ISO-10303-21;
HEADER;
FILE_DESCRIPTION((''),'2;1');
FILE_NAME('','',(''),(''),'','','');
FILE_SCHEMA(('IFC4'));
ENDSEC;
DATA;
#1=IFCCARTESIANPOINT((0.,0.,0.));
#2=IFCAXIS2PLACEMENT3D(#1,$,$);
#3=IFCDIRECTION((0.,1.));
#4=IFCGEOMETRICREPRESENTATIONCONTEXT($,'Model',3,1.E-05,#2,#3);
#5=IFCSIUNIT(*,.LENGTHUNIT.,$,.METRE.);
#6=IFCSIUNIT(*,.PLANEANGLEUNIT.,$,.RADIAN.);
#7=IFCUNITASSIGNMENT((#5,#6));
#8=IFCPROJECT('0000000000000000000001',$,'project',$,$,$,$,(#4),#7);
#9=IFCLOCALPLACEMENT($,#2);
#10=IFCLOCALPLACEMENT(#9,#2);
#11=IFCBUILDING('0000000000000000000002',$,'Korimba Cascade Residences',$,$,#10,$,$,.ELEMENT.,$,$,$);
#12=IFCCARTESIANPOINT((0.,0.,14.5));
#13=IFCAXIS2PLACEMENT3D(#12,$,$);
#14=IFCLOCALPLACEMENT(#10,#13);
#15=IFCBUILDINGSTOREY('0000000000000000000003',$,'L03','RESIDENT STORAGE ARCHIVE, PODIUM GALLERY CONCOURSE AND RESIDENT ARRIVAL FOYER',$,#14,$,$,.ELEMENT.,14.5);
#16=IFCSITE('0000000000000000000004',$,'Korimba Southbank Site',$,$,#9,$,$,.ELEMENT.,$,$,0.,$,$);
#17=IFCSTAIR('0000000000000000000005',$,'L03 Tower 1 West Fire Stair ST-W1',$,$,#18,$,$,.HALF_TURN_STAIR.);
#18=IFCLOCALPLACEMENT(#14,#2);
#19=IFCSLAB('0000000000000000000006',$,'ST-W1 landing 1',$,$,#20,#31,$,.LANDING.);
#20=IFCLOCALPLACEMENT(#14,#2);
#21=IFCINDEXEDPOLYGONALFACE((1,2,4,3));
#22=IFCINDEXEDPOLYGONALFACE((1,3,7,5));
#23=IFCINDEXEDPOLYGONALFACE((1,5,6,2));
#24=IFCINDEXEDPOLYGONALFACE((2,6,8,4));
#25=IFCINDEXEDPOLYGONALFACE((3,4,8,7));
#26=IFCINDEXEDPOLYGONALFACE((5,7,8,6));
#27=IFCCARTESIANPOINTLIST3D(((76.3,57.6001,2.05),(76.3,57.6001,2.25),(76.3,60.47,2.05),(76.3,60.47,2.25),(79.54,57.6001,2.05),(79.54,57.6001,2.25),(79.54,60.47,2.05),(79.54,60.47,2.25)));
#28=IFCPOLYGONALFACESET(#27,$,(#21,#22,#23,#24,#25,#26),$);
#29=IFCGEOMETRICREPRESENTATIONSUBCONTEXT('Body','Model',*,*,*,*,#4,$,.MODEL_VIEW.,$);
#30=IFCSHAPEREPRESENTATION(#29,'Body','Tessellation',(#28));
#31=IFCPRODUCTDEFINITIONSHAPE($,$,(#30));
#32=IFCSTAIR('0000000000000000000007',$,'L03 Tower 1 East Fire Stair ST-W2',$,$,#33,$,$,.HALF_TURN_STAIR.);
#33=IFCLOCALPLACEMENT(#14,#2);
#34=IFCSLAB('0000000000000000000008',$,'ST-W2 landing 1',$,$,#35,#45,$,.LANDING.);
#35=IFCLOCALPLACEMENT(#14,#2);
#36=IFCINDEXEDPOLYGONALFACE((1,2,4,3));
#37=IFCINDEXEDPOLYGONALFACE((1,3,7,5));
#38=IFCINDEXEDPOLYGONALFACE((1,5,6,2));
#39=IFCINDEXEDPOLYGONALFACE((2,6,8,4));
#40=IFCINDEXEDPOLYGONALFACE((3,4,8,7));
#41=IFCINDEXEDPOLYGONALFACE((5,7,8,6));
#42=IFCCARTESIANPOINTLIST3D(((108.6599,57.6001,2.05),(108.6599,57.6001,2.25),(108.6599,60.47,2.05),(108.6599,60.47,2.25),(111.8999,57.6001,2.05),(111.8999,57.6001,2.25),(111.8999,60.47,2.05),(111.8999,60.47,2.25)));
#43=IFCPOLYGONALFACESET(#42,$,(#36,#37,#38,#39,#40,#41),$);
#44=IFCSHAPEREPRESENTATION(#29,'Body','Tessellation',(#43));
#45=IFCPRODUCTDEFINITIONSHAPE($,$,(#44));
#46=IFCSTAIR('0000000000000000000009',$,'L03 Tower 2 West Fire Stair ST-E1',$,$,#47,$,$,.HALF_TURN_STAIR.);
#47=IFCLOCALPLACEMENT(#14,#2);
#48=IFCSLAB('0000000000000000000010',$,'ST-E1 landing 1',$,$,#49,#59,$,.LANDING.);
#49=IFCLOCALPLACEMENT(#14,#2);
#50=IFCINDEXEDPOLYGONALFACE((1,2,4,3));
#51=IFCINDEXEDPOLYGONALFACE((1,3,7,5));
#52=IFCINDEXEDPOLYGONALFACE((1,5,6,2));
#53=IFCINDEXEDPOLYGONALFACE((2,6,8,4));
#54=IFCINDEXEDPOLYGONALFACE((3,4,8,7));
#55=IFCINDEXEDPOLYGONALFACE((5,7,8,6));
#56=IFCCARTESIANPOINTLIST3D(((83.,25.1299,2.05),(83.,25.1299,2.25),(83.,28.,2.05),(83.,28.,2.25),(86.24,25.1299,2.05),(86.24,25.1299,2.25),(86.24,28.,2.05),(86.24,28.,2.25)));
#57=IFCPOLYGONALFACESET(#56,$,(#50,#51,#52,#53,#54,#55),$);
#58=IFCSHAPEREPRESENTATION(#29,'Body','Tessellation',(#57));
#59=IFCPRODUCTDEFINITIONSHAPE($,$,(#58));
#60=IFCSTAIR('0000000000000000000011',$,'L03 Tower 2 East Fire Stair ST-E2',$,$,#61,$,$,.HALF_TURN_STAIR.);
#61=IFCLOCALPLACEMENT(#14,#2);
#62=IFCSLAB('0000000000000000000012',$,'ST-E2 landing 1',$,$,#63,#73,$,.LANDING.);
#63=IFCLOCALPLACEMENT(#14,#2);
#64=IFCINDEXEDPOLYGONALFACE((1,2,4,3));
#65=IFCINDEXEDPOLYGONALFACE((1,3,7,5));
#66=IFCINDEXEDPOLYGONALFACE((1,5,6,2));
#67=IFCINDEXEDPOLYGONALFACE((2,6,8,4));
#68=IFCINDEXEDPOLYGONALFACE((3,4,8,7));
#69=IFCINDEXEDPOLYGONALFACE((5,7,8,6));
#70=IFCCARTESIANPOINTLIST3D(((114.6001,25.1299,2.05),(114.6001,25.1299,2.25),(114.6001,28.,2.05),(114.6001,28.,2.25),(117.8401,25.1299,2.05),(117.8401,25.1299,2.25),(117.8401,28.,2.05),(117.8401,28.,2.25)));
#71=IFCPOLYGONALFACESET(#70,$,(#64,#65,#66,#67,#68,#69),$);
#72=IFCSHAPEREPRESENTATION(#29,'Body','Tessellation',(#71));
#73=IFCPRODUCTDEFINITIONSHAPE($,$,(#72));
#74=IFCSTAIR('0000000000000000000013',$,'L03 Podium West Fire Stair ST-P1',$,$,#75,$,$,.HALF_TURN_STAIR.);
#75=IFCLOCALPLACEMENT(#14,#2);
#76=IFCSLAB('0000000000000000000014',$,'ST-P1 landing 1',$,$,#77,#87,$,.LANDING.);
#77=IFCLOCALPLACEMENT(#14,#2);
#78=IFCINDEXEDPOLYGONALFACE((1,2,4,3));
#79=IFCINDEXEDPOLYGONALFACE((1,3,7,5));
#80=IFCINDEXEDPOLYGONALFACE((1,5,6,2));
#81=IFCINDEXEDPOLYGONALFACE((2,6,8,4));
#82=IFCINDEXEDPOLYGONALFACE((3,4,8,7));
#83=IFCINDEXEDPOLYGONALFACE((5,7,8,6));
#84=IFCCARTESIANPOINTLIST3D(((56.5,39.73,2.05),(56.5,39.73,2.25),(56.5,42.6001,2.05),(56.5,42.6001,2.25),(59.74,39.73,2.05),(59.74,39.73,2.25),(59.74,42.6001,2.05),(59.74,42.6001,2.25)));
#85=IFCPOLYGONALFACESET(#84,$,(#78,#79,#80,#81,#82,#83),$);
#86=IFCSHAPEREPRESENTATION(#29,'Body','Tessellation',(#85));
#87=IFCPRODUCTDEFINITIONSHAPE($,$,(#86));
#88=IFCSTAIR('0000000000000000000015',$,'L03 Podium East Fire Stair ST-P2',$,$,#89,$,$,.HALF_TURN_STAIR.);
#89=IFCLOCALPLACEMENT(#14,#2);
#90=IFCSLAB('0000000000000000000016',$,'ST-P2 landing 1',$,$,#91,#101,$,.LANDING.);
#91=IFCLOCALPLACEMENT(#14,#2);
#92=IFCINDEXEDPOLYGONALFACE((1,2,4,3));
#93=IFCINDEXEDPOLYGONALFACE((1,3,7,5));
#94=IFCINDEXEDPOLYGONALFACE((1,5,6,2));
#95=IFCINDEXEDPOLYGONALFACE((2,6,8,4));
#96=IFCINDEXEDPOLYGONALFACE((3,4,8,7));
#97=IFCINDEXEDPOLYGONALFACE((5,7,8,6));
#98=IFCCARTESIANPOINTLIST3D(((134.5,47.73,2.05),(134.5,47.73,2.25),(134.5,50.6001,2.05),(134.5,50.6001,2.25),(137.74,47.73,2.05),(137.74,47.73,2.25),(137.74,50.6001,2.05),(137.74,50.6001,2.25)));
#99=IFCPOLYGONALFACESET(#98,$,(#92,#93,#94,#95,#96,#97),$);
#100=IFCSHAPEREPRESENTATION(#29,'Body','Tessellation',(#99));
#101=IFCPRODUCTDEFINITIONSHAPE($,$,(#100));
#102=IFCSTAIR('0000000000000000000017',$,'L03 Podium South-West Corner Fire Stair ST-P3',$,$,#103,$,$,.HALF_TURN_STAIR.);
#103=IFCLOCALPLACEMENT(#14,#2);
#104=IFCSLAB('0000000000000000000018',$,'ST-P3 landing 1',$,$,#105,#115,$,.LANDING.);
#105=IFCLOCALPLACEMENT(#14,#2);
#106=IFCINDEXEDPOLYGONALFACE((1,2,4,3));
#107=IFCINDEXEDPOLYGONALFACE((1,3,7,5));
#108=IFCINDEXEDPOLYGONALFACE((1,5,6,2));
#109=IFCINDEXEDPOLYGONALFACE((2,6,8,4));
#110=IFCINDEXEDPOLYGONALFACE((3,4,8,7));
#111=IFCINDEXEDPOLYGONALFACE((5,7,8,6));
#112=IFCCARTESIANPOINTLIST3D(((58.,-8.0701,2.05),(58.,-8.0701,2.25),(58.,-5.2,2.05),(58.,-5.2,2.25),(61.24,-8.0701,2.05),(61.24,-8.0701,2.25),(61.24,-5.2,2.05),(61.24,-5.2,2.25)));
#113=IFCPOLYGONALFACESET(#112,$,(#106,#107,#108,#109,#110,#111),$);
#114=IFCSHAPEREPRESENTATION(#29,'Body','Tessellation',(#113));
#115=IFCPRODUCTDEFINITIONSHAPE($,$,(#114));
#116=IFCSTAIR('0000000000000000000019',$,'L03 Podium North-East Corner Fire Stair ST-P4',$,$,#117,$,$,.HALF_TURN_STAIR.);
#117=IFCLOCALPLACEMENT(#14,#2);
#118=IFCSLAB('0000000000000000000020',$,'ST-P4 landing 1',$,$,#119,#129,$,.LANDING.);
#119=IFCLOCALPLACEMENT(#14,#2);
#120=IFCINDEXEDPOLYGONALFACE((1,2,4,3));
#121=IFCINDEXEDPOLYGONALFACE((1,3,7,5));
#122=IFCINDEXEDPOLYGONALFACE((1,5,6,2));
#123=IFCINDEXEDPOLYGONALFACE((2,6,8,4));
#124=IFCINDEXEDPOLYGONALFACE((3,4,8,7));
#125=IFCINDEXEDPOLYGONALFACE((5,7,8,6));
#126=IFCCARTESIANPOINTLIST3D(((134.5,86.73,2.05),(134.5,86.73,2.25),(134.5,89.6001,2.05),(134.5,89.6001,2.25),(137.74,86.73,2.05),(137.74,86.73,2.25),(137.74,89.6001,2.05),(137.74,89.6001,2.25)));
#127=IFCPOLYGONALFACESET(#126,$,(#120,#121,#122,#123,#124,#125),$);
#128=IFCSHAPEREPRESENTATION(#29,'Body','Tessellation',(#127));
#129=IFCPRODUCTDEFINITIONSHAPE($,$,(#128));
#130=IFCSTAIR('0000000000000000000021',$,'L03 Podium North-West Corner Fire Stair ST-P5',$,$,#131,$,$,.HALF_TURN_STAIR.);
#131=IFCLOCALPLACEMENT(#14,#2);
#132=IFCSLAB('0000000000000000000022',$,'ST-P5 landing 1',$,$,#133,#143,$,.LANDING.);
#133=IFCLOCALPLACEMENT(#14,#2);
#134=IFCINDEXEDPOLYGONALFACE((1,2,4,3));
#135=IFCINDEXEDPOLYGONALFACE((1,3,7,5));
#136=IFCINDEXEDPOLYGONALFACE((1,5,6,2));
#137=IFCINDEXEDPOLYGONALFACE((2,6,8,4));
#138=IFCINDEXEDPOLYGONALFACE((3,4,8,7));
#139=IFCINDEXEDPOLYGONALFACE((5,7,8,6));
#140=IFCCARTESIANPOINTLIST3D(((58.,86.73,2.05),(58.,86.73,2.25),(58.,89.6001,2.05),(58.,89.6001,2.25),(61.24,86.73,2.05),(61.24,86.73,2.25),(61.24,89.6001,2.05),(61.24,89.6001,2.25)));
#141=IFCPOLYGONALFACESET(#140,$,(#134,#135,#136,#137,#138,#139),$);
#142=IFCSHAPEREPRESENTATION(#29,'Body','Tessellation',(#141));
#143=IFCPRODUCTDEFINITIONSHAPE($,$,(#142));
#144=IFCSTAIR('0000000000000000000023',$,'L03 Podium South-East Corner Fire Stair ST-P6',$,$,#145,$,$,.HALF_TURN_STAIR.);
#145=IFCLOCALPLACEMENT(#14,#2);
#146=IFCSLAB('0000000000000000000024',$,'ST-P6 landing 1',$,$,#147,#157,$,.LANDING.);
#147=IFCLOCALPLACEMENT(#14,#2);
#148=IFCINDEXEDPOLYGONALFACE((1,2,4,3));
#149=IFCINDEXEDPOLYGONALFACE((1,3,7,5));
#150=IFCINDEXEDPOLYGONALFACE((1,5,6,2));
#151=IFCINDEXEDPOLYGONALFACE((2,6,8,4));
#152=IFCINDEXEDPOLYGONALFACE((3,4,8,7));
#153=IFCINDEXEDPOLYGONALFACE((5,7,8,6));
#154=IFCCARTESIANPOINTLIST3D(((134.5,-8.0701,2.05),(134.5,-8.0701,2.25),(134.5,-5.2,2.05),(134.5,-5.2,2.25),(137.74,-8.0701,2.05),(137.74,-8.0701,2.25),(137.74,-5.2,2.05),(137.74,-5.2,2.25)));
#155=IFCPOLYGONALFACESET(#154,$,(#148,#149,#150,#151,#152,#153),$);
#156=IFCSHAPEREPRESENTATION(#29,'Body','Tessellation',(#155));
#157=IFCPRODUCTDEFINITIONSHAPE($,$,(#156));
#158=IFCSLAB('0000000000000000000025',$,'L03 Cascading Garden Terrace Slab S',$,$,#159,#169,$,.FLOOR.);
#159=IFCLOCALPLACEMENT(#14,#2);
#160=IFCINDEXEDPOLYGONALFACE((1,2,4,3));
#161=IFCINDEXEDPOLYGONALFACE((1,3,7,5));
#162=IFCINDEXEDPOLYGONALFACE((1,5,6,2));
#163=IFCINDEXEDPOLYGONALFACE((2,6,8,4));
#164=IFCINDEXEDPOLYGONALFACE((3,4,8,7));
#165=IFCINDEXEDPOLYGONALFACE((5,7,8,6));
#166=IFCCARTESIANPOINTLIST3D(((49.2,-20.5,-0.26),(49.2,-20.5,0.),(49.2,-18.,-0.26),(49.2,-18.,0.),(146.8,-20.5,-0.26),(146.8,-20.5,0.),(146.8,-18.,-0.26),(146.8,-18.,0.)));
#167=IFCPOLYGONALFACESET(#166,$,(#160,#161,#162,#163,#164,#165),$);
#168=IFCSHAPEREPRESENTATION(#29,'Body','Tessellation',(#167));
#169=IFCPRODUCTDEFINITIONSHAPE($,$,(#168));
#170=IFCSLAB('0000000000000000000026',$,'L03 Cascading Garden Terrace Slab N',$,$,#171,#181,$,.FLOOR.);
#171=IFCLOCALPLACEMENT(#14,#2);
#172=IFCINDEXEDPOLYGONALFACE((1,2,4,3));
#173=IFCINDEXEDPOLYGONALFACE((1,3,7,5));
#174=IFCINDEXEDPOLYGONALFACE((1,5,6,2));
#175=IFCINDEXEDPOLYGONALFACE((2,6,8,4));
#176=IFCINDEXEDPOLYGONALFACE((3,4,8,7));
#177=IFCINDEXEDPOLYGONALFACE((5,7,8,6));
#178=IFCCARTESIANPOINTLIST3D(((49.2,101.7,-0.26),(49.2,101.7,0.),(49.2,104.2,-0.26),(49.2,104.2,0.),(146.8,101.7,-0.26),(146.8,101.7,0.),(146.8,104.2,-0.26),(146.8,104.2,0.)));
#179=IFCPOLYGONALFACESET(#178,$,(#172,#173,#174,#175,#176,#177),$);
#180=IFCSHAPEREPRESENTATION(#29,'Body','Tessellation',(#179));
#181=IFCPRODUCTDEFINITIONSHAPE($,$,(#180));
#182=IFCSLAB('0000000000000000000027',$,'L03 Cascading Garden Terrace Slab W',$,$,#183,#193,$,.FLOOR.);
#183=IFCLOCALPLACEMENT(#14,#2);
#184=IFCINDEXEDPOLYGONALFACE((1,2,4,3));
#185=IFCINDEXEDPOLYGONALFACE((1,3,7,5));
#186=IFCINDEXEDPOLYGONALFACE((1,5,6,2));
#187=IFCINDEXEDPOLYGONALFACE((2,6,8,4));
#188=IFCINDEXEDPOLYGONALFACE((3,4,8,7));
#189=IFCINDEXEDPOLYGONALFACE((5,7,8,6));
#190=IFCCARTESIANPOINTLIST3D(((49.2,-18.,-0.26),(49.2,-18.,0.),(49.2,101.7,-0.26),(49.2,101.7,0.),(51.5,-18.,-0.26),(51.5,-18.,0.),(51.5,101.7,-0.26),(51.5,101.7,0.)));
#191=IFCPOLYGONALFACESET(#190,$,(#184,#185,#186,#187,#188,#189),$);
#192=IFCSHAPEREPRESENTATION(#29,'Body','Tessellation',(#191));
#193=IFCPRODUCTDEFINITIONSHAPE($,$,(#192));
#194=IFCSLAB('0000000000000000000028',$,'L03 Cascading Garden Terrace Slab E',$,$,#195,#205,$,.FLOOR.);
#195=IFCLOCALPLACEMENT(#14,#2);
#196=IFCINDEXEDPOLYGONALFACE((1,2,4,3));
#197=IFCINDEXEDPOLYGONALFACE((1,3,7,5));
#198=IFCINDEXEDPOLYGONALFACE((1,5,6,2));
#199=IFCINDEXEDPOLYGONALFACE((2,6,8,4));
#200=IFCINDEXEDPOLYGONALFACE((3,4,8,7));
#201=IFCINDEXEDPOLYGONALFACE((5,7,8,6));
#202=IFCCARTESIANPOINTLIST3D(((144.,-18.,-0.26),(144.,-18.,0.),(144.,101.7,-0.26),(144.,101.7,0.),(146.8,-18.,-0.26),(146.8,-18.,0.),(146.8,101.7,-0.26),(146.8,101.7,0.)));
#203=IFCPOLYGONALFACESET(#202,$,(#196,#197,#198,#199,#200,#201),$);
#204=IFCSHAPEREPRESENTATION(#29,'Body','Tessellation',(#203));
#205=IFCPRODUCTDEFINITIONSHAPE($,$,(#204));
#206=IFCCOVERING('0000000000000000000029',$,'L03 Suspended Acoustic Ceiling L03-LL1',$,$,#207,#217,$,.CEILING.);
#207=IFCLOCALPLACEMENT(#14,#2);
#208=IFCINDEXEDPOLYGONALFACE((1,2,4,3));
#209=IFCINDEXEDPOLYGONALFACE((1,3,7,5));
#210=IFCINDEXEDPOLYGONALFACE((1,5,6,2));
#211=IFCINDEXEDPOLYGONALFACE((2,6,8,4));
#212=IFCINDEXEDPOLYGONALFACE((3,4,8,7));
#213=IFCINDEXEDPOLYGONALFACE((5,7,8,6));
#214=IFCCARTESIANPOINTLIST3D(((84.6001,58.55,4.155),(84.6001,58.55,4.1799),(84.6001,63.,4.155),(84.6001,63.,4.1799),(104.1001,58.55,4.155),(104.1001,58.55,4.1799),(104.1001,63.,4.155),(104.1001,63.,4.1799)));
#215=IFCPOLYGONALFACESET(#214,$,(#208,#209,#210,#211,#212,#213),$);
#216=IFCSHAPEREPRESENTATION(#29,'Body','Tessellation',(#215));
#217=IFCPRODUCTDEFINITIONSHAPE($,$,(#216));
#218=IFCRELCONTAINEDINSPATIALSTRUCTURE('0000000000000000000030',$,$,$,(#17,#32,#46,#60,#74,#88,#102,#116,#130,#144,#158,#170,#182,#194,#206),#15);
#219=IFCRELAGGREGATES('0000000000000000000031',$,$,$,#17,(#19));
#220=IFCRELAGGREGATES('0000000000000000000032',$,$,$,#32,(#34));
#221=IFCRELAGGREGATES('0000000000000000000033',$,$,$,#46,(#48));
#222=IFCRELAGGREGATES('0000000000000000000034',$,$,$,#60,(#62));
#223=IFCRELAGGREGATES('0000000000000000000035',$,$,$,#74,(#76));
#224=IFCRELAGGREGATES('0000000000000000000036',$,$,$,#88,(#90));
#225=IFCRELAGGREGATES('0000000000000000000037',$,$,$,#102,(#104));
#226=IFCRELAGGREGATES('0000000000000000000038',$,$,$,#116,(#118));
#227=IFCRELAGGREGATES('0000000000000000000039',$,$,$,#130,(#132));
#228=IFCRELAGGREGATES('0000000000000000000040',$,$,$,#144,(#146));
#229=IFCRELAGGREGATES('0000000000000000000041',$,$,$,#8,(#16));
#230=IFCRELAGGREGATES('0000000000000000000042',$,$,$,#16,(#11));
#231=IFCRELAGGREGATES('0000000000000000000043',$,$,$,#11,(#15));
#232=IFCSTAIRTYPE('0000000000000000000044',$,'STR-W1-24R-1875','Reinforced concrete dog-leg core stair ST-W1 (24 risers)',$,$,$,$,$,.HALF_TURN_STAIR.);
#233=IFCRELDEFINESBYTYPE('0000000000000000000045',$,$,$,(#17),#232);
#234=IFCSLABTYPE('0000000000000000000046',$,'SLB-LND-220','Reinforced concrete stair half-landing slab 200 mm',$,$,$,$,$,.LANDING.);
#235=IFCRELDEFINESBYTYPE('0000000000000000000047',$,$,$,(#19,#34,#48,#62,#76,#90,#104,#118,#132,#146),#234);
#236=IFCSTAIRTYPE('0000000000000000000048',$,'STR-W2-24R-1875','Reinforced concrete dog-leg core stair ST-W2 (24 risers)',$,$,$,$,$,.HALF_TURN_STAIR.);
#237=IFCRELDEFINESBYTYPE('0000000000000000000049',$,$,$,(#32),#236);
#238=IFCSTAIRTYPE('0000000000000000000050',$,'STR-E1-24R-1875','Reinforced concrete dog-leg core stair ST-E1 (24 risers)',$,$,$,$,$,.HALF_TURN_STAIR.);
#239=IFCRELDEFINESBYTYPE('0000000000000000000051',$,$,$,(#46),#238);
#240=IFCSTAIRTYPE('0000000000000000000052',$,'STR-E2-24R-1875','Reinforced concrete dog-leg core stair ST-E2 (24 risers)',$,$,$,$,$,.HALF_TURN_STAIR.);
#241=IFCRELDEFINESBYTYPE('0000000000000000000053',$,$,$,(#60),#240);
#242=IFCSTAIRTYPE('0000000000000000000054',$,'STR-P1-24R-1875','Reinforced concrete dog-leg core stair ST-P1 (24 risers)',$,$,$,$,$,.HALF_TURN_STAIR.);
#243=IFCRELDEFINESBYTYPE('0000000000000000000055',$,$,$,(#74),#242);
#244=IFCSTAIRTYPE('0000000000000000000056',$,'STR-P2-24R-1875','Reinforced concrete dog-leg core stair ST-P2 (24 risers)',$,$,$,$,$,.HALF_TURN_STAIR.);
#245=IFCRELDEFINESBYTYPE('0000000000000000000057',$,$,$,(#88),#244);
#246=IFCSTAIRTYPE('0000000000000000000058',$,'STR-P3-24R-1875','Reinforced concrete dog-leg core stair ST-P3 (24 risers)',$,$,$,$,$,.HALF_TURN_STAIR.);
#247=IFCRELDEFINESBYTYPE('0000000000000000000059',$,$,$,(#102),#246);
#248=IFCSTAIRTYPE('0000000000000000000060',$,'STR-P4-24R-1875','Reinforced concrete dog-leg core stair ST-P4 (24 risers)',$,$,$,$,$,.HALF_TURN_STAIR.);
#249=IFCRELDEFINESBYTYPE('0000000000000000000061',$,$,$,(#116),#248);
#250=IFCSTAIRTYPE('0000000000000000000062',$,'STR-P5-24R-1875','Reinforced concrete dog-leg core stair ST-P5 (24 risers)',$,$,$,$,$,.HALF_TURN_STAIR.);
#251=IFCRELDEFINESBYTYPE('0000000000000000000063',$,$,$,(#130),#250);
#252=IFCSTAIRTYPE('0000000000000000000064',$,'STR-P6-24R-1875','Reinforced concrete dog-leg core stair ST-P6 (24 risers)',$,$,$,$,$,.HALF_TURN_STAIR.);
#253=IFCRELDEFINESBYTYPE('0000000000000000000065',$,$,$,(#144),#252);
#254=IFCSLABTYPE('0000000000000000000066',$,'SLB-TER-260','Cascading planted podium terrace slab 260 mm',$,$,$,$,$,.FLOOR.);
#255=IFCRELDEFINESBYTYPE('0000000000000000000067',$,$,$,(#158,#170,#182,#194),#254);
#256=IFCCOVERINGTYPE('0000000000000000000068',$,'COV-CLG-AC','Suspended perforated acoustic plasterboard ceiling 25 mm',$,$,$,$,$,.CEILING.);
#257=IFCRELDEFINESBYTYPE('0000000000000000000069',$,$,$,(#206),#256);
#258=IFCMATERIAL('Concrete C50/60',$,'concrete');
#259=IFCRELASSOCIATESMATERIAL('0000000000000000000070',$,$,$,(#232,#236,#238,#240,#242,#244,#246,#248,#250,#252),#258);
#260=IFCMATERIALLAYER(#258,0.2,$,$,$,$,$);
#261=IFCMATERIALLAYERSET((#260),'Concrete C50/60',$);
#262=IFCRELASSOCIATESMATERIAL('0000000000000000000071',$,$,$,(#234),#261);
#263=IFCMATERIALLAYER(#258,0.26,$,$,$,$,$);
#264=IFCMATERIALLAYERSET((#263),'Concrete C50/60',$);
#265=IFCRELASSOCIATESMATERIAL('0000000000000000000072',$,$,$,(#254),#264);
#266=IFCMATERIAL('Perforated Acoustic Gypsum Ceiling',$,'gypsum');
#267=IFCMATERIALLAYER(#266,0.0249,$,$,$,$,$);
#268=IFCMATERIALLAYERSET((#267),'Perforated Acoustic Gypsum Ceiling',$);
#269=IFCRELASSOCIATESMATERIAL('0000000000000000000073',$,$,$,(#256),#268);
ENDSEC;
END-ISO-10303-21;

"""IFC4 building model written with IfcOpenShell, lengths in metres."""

from ifc_helpers import new_model, si_unit, direction, frame, origin, place, context, subcontext, project, spatial, polyline, outline, extrude, material, layer, layer_set, type_object, element, aggregate, save


model = new_model("IFC4")

# Units and contexts
model_context = context("Model", 3, precision=1e-05, world=origin(), true_north=direction((0.0, 1.0)))
body_context = subcontext(model_context, "Body", "Model", "MODEL_VIEW")
ifc_project = project(units=[si_unit("LENGTHUNIT", "METRE"), si_unit("PLANEANGLEUNIT", "RADIAN")], contexts=[model_context])

# Site, building, storey
site_placement = place(None, origin())
site = spatial("IfcSite", under=ifc_project, at=site_placement, Name="Korimba Southbank Site", CompositionType="ELEMENT", RefElevation=0.0)
building_placement = place(site_placement, origin())
building = spatial("IfcBuilding", under=site, at=building_placement, Name="Korimba Cascade Residences", CompositionType="ELEMENT")
storey_placement = place(building_placement, frame((0.0, 0.0, 14.5)))
storey = spatial("IfcBuildingStorey", under=building, at=storey_placement, Name="L03", Description="RESIDENT STORAGE ARCHIVE, PODIUM GALLERY CONCOURSE AND RESIDENT ARRIVAL FOYER", CompositionType="ELEMENT", Elevation=14.5)

# Stairs, slabs
ifc_material_1 = material(Name="Concrete C50/60", Category="concrete")
stair_type_1 = type_object("IfcStairType", Name="STR-W1-24R-1875", Description="Reinforced concrete dog-leg core stair ST-W1 (24 risers)", PredefinedType="HALF_TURN_STAIR", material=ifc_material_1)
stair_1_placement = place(storey_placement, origin())
stair_1 = element("IfcStair", 1, at=stair_1_placement, inside=storey, type_object=stair_type_1, Name="L03 Tower 1 West Fire Stair ST-W1", PredefinedType="HALF_TURN_STAIR")
ifc_layer_1 = layer(ifc_material_1, 0.2)
ifc_layer_set_1 = layer_set([ifc_layer_1], Name="Concrete C50/60")
slab_type_1 = type_object("IfcSlabType", Name="SLB-LND-220", Description="Reinforced concrete stair half-landing slab 200 mm", PredefinedType="LANDING", material=ifc_layer_set_1)
slab_1_placement = place(storey_placement, frame((0.0, 0.0, 2.05)))
slab_1 = element("IfcSlab", 2, at=slab_1_placement, type_object=slab_type_1, Name="ST-W1 landing 1", PredefinedType="LANDING", context=body_context, shape_type="SweptSolid", body=[
    extrude(outline(polyline([(76.3, 60.47), (76.3, 57.6001), (79.54, 57.6001), (79.54, 60.47), (76.3, 60.47)])), origin(), (0.0, 0.0, 1.0), 0.2),
])
aggregate(stair_1, [slab_1])
stair_type_2 = type_object("IfcStairType", Name="STR-W2-24R-1875", Description="Reinforced concrete dog-leg core stair ST-W2 (24 risers)", PredefinedType="HALF_TURN_STAIR", material=ifc_material_1)
stair_2_placement = place(storey_placement, origin())
stair_2 = element("IfcStair", 3, at=stair_2_placement, inside=storey, type_object=stair_type_2, Name="L03 Tower 1 East Fire Stair ST-W2", PredefinedType="HALF_TURN_STAIR")
slab_2_placement = place(storey_placement, frame((0.0, 0.0, 2.05)))
slab_2 = element("IfcSlab", 4, at=slab_2_placement, type_object=slab_type_1, Name="ST-W2 landing 1", PredefinedType="LANDING", context=body_context, shape_type="SweptSolid", body=[
    extrude(outline(polyline([(108.6599, 60.47), (108.6599, 57.6001), (111.8999, 57.6001), (111.8999, 60.47), (108.6599, 60.47)])), origin(), (0.0, 0.0, 1.0), 0.2),
])
aggregate(stair_2, [slab_2])
stair_type_3 = type_object("IfcStairType", Name="STR-E1-24R-1875", Description="Reinforced concrete dog-leg core stair ST-E1 (24 risers)", PredefinedType="HALF_TURN_STAIR", material=ifc_material_1)
stair_3_placement = place(storey_placement, origin())
stair_3 = element("IfcStair", 5, at=stair_3_placement, inside=storey, type_object=stair_type_3, Name="L03 Tower 2 West Fire Stair ST-E1", PredefinedType="HALF_TURN_STAIR")
slab_3_placement = place(storey_placement, frame((0.0, 0.0, 2.05)))
slab_3 = element("IfcSlab", 6, at=slab_3_placement, type_object=slab_type_1, Name="ST-E1 landing 1", PredefinedType="LANDING", context=body_context, shape_type="SweptSolid", body=[
    extrude(outline(polyline([(86.24, 25.1299), (86.24, 28.0), (83.0, 28.0), (83.0, 25.1299), (86.24, 25.1299)])), origin(), (0.0, 0.0, 1.0), 0.2),
])
aggregate(stair_3, [slab_3])
stair_type_4 = type_object("IfcStairType", Name="STR-E2-24R-1875", Description="Reinforced concrete dog-leg core stair ST-E2 (24 risers)", PredefinedType="HALF_TURN_STAIR", material=ifc_material_1)
stair_4_placement = place(storey_placement, origin())
stair_4 = element("IfcStair", 7, at=stair_4_placement, inside=storey, type_object=stair_type_4, Name="L03 Tower 2 East Fire Stair ST-E2", PredefinedType="HALF_TURN_STAIR")
slab_4_placement = place(storey_placement, frame((0.0, 0.0, 2.05)))
slab_4 = element("IfcSlab", 8, at=slab_4_placement, type_object=slab_type_1, Name="ST-E2 landing 1", PredefinedType="LANDING", context=body_context, shape_type="SweptSolid", body=[
    extrude(outline(polyline([(117.8401, 25.1299), (117.8401, 28.0), (114.6001, 28.0), (114.6001, 25.1299), (117.8401, 25.1299)])), origin(), (0.0, 0.0, 1.0), 0.2),
])
aggregate(stair_4, [slab_4])
stair_type_5 = type_object("IfcStairType", Name="STR-P1-24R-1875", Description="Reinforced concrete dog-leg core stair ST-P1 (24 risers)", PredefinedType="HALF_TURN_STAIR", material=ifc_material_1)
stair_5_placement = place(storey_placement, origin())
stair_5 = element("IfcStair", 9, at=stair_5_placement, inside=storey, type_object=stair_type_5, Name="L03 Podium West Fire Stair ST-P1", PredefinedType="HALF_TURN_STAIR")
slab_5_placement = place(storey_placement, frame((0.0, 0.0, 2.05)))
slab_5 = element("IfcSlab", 10, at=slab_5_placement, type_object=slab_type_1, Name="ST-P1 landing 1", PredefinedType="LANDING", context=body_context, shape_type="SweptSolid", body=[
    extrude(outline(polyline([(59.74, 39.73), (59.74, 42.6001), (56.5, 42.6001), (56.5, 39.73), (59.74, 39.73)])), origin(), (0.0, 0.0, 1.0), 0.2),
])
aggregate(stair_5, [slab_5])
stair_type_6 = type_object("IfcStairType", Name="STR-P2-24R-1875", Description="Reinforced concrete dog-leg core stair ST-P2 (24 risers)", PredefinedType="HALF_TURN_STAIR", material=ifc_material_1)
stair_6_placement = place(storey_placement, origin())
stair_6 = element("IfcStair", 11, at=stair_6_placement, inside=storey, type_object=stair_type_6, Name="L03 Podium East Fire Stair ST-P2", PredefinedType="HALF_TURN_STAIR")
slab_6_placement = place(storey_placement, frame((0.0, 0.0, 2.05)))
slab_6 = element("IfcSlab", 12, at=slab_6_placement, type_object=slab_type_1, Name="ST-P2 landing 1", PredefinedType="LANDING", context=body_context, shape_type="SweptSolid", body=[
    extrude(outline(polyline([(137.74, 47.73), (137.74, 50.6001), (134.5, 50.6001), (134.5, 47.73), (137.74, 47.73)])), origin(), (0.0, 0.0, 1.0), 0.2),
])
aggregate(stair_6, [slab_6])
stair_type_7 = type_object("IfcStairType", Name="STR-P3-24R-1875", Description="Reinforced concrete dog-leg core stair ST-P3 (24 risers)", PredefinedType="HALF_TURN_STAIR", material=ifc_material_1)
stair_7_placement = place(storey_placement, origin())
stair_7 = element("IfcStair", 13, at=stair_7_placement, inside=storey, type_object=stair_type_7, Name="L03 Podium South-West Corner Fire Stair ST-P3", PredefinedType="HALF_TURN_STAIR")
slab_7_placement = place(storey_placement, frame((0.0, 0.0, 2.05)))
slab_7 = element("IfcSlab", 14, at=slab_7_placement, type_object=slab_type_1, Name="ST-P3 landing 1", PredefinedType="LANDING", context=body_context, shape_type="SweptSolid", body=[
    extrude(outline(polyline([(61.24, -8.0701), (61.24, -5.2), (58.0, -5.2), (58.0, -8.0701), (61.24, -8.0701)])), origin(), (0.0, 0.0, 1.0), 0.2),
])
aggregate(stair_7, [slab_7])
stair_type_8 = type_object("IfcStairType", Name="STR-P4-24R-1875", Description="Reinforced concrete dog-leg core stair ST-P4 (24 risers)", PredefinedType="HALF_TURN_STAIR", material=ifc_material_1)
stair_8_placement = place(storey_placement, origin())
stair_8 = element("IfcStair", 15, at=stair_8_placement, inside=storey, type_object=stair_type_8, Name="L03 Podium North-East Corner Fire Stair ST-P4", PredefinedType="HALF_TURN_STAIR")
slab_8_placement = place(storey_placement, frame((0.0, 0.0, 2.05)))
slab_8 = element("IfcSlab", 16, at=slab_8_placement, type_object=slab_type_1, Name="ST-P4 landing 1", PredefinedType="LANDING", context=body_context, shape_type="SweptSolid", body=[
    extrude(outline(polyline([(137.74, 86.73), (137.74, 89.6001), (134.5, 89.6001), (134.5, 86.73), (137.74, 86.73)])), origin(), (0.0, 0.0, 1.0), 0.2),
])
aggregate(stair_8, [slab_8])
stair_type_9 = type_object("IfcStairType", Name="STR-P5-24R-1875", Description="Reinforced concrete dog-leg core stair ST-P5 (24 risers)", PredefinedType="HALF_TURN_STAIR", material=ifc_material_1)
stair_9_placement = place(storey_placement, origin())
stair_9 = element("IfcStair", 17, at=stair_9_placement, inside=storey, type_object=stair_type_9, Name="L03 Podium North-West Corner Fire Stair ST-P5", PredefinedType="HALF_TURN_STAIR")
slab_9_placement = place(storey_placement, frame((0.0, 0.0, 2.05)))
slab_9 = element("IfcSlab", 18, at=slab_9_placement, type_object=slab_type_1, Name="ST-P5 landing 1", PredefinedType="LANDING", context=body_context, shape_type="SweptSolid", body=[
    extrude(outline(polyline([(61.24, 86.73), (61.24, 89.6001), (58.0, 89.6001), (58.0, 86.73), (61.24, 86.73)])), origin(), (0.0, 0.0, 1.0), 0.2),
])
aggregate(stair_9, [slab_9])
stair_type_10 = type_object("IfcStairType", Name="STR-P6-24R-1875", Description="Reinforced concrete dog-leg core stair ST-P6 (24 risers)", PredefinedType="HALF_TURN_STAIR", material=ifc_material_1)
stair_10_placement = place(storey_placement, origin())
stair_10 = element("IfcStair", 19, at=stair_10_placement, inside=storey, type_object=stair_type_10, Name="L03 Podium South-East Corner Fire Stair ST-P6", PredefinedType="HALF_TURN_STAIR")
slab_10_placement = place(storey_placement, frame((0.0, 0.0, 2.05)))
slab_10 = element("IfcSlab", 20, at=slab_10_placement, type_object=slab_type_1, Name="ST-P6 landing 1", PredefinedType="LANDING", context=body_context, shape_type="SweptSolid", body=[
    extrude(outline(polyline([(137.74, -8.0701), (137.74, -5.2), (134.5, -5.2), (134.5, -8.0701), (137.74, -8.0701)])), origin(), (0.0, 0.0, 1.0), 0.2),
])
aggregate(stair_10, [slab_10])

# Slabs
ifc_layer_2 = layer(ifc_material_1, 0.26)
ifc_layer_set_2 = layer_set([ifc_layer_2], Name="Concrete C50/60")
slab_type_2 = type_object("IfcSlabType", Name="SLB-TER-260", Description="Cascading planted podium terrace slab 260 mm", PredefinedType="FLOOR", material=ifc_layer_set_2)
slab_11_placement = place(storey_placement, frame((0.0, 0.0, -0.26)))
element("IfcSlab", 21, at=slab_11_placement, inside=storey, type_object=slab_type_2, Name="L03 Cascading Garden Terrace Slab S", PredefinedType="FLOOR", context=body_context, shape_type="SweptSolid", body=[
    extrude(outline(polyline([(49.2, -20.5), (146.8, -20.5), (146.8, -18.0), (49.2, -18.0), (49.2, -20.5)])), origin(), (0.0, 0.0, 1.0), 0.26),
])
slab_12_placement = place(storey_placement, frame((0.0, 0.0, -0.26)))
element("IfcSlab", 22, at=slab_12_placement, inside=storey, type_object=slab_type_2, Name="L03 Cascading Garden Terrace Slab N", PredefinedType="FLOOR", context=body_context, shape_type="SweptSolid", body=[
    extrude(outline(polyline([(49.2, 101.7), (146.8, 101.7), (146.8, 104.2), (49.2, 104.2), (49.2, 101.7)])), origin(), (0.0, 0.0, 1.0), 0.26),
])
slab_13_placement = place(storey_placement, frame((0.0, 0.0, -0.26)))
element("IfcSlab", 23, at=slab_13_placement, inside=storey, type_object=slab_type_2, Name="L03 Cascading Garden Terrace Slab W", PredefinedType="FLOOR", context=body_context, shape_type="SweptSolid", body=[
    extrude(outline(polyline([(49.2, -18.0), (51.5, -18.0), (51.5, 101.7), (49.2, 101.7), (49.2, -18.0)])), origin(), (0.0, 0.0, 1.0), 0.26),
])
slab_14_placement = place(storey_placement, frame((0.0, 0.0, -0.26)))
element("IfcSlab", 24, at=slab_14_placement, inside=storey, type_object=slab_type_2, Name="L03 Cascading Garden Terrace Slab E", PredefinedType="FLOOR", context=body_context, shape_type="SweptSolid", body=[
    extrude(outline(polyline([(144.0, -18.0), (146.8, -18.0), (146.8, 101.7), (144.0, 101.7), (144.0, -18.0)])), origin(), (0.0, 0.0, 1.0), 0.26),
])

# Covering
ifc_material_2 = material(Name="Perforated Acoustic Gypsum Ceiling", Category="gypsum")
ifc_layer_3 = layer(ifc_material_2, 0.0249)
ifc_layer_set_3 = layer_set([ifc_layer_3], Name="Perforated Acoustic Gypsum Ceiling")
covering_type_1 = type_object("IfcCoveringType", Name="COV-CLG-AC", Description="Suspended perforated acoustic plasterboard ceiling 25 mm", PredefinedType="CEILING", material=ifc_layer_set_3)
covering_1_placement = place(storey_placement, frame((0.0, 0.0, 4.155)))
element("IfcCovering", 25, at=covering_1_placement, inside=storey, type_object=covering_type_1, Name="L03 Suspended Acoustic Ceiling L03-LL1", PredefinedType="CEILING", context=body_context, shape_type="SweptSolid", body=[
    extrude(outline(polyline([(84.6001, 58.55), (104.1001, 58.55), (104.1001, 63.0), (84.6001, 63.0), (84.6001, 58.55)])), origin(), (0.0, 0.0, 1.0), 0.0249),
])

save(model, "model.ifc")
